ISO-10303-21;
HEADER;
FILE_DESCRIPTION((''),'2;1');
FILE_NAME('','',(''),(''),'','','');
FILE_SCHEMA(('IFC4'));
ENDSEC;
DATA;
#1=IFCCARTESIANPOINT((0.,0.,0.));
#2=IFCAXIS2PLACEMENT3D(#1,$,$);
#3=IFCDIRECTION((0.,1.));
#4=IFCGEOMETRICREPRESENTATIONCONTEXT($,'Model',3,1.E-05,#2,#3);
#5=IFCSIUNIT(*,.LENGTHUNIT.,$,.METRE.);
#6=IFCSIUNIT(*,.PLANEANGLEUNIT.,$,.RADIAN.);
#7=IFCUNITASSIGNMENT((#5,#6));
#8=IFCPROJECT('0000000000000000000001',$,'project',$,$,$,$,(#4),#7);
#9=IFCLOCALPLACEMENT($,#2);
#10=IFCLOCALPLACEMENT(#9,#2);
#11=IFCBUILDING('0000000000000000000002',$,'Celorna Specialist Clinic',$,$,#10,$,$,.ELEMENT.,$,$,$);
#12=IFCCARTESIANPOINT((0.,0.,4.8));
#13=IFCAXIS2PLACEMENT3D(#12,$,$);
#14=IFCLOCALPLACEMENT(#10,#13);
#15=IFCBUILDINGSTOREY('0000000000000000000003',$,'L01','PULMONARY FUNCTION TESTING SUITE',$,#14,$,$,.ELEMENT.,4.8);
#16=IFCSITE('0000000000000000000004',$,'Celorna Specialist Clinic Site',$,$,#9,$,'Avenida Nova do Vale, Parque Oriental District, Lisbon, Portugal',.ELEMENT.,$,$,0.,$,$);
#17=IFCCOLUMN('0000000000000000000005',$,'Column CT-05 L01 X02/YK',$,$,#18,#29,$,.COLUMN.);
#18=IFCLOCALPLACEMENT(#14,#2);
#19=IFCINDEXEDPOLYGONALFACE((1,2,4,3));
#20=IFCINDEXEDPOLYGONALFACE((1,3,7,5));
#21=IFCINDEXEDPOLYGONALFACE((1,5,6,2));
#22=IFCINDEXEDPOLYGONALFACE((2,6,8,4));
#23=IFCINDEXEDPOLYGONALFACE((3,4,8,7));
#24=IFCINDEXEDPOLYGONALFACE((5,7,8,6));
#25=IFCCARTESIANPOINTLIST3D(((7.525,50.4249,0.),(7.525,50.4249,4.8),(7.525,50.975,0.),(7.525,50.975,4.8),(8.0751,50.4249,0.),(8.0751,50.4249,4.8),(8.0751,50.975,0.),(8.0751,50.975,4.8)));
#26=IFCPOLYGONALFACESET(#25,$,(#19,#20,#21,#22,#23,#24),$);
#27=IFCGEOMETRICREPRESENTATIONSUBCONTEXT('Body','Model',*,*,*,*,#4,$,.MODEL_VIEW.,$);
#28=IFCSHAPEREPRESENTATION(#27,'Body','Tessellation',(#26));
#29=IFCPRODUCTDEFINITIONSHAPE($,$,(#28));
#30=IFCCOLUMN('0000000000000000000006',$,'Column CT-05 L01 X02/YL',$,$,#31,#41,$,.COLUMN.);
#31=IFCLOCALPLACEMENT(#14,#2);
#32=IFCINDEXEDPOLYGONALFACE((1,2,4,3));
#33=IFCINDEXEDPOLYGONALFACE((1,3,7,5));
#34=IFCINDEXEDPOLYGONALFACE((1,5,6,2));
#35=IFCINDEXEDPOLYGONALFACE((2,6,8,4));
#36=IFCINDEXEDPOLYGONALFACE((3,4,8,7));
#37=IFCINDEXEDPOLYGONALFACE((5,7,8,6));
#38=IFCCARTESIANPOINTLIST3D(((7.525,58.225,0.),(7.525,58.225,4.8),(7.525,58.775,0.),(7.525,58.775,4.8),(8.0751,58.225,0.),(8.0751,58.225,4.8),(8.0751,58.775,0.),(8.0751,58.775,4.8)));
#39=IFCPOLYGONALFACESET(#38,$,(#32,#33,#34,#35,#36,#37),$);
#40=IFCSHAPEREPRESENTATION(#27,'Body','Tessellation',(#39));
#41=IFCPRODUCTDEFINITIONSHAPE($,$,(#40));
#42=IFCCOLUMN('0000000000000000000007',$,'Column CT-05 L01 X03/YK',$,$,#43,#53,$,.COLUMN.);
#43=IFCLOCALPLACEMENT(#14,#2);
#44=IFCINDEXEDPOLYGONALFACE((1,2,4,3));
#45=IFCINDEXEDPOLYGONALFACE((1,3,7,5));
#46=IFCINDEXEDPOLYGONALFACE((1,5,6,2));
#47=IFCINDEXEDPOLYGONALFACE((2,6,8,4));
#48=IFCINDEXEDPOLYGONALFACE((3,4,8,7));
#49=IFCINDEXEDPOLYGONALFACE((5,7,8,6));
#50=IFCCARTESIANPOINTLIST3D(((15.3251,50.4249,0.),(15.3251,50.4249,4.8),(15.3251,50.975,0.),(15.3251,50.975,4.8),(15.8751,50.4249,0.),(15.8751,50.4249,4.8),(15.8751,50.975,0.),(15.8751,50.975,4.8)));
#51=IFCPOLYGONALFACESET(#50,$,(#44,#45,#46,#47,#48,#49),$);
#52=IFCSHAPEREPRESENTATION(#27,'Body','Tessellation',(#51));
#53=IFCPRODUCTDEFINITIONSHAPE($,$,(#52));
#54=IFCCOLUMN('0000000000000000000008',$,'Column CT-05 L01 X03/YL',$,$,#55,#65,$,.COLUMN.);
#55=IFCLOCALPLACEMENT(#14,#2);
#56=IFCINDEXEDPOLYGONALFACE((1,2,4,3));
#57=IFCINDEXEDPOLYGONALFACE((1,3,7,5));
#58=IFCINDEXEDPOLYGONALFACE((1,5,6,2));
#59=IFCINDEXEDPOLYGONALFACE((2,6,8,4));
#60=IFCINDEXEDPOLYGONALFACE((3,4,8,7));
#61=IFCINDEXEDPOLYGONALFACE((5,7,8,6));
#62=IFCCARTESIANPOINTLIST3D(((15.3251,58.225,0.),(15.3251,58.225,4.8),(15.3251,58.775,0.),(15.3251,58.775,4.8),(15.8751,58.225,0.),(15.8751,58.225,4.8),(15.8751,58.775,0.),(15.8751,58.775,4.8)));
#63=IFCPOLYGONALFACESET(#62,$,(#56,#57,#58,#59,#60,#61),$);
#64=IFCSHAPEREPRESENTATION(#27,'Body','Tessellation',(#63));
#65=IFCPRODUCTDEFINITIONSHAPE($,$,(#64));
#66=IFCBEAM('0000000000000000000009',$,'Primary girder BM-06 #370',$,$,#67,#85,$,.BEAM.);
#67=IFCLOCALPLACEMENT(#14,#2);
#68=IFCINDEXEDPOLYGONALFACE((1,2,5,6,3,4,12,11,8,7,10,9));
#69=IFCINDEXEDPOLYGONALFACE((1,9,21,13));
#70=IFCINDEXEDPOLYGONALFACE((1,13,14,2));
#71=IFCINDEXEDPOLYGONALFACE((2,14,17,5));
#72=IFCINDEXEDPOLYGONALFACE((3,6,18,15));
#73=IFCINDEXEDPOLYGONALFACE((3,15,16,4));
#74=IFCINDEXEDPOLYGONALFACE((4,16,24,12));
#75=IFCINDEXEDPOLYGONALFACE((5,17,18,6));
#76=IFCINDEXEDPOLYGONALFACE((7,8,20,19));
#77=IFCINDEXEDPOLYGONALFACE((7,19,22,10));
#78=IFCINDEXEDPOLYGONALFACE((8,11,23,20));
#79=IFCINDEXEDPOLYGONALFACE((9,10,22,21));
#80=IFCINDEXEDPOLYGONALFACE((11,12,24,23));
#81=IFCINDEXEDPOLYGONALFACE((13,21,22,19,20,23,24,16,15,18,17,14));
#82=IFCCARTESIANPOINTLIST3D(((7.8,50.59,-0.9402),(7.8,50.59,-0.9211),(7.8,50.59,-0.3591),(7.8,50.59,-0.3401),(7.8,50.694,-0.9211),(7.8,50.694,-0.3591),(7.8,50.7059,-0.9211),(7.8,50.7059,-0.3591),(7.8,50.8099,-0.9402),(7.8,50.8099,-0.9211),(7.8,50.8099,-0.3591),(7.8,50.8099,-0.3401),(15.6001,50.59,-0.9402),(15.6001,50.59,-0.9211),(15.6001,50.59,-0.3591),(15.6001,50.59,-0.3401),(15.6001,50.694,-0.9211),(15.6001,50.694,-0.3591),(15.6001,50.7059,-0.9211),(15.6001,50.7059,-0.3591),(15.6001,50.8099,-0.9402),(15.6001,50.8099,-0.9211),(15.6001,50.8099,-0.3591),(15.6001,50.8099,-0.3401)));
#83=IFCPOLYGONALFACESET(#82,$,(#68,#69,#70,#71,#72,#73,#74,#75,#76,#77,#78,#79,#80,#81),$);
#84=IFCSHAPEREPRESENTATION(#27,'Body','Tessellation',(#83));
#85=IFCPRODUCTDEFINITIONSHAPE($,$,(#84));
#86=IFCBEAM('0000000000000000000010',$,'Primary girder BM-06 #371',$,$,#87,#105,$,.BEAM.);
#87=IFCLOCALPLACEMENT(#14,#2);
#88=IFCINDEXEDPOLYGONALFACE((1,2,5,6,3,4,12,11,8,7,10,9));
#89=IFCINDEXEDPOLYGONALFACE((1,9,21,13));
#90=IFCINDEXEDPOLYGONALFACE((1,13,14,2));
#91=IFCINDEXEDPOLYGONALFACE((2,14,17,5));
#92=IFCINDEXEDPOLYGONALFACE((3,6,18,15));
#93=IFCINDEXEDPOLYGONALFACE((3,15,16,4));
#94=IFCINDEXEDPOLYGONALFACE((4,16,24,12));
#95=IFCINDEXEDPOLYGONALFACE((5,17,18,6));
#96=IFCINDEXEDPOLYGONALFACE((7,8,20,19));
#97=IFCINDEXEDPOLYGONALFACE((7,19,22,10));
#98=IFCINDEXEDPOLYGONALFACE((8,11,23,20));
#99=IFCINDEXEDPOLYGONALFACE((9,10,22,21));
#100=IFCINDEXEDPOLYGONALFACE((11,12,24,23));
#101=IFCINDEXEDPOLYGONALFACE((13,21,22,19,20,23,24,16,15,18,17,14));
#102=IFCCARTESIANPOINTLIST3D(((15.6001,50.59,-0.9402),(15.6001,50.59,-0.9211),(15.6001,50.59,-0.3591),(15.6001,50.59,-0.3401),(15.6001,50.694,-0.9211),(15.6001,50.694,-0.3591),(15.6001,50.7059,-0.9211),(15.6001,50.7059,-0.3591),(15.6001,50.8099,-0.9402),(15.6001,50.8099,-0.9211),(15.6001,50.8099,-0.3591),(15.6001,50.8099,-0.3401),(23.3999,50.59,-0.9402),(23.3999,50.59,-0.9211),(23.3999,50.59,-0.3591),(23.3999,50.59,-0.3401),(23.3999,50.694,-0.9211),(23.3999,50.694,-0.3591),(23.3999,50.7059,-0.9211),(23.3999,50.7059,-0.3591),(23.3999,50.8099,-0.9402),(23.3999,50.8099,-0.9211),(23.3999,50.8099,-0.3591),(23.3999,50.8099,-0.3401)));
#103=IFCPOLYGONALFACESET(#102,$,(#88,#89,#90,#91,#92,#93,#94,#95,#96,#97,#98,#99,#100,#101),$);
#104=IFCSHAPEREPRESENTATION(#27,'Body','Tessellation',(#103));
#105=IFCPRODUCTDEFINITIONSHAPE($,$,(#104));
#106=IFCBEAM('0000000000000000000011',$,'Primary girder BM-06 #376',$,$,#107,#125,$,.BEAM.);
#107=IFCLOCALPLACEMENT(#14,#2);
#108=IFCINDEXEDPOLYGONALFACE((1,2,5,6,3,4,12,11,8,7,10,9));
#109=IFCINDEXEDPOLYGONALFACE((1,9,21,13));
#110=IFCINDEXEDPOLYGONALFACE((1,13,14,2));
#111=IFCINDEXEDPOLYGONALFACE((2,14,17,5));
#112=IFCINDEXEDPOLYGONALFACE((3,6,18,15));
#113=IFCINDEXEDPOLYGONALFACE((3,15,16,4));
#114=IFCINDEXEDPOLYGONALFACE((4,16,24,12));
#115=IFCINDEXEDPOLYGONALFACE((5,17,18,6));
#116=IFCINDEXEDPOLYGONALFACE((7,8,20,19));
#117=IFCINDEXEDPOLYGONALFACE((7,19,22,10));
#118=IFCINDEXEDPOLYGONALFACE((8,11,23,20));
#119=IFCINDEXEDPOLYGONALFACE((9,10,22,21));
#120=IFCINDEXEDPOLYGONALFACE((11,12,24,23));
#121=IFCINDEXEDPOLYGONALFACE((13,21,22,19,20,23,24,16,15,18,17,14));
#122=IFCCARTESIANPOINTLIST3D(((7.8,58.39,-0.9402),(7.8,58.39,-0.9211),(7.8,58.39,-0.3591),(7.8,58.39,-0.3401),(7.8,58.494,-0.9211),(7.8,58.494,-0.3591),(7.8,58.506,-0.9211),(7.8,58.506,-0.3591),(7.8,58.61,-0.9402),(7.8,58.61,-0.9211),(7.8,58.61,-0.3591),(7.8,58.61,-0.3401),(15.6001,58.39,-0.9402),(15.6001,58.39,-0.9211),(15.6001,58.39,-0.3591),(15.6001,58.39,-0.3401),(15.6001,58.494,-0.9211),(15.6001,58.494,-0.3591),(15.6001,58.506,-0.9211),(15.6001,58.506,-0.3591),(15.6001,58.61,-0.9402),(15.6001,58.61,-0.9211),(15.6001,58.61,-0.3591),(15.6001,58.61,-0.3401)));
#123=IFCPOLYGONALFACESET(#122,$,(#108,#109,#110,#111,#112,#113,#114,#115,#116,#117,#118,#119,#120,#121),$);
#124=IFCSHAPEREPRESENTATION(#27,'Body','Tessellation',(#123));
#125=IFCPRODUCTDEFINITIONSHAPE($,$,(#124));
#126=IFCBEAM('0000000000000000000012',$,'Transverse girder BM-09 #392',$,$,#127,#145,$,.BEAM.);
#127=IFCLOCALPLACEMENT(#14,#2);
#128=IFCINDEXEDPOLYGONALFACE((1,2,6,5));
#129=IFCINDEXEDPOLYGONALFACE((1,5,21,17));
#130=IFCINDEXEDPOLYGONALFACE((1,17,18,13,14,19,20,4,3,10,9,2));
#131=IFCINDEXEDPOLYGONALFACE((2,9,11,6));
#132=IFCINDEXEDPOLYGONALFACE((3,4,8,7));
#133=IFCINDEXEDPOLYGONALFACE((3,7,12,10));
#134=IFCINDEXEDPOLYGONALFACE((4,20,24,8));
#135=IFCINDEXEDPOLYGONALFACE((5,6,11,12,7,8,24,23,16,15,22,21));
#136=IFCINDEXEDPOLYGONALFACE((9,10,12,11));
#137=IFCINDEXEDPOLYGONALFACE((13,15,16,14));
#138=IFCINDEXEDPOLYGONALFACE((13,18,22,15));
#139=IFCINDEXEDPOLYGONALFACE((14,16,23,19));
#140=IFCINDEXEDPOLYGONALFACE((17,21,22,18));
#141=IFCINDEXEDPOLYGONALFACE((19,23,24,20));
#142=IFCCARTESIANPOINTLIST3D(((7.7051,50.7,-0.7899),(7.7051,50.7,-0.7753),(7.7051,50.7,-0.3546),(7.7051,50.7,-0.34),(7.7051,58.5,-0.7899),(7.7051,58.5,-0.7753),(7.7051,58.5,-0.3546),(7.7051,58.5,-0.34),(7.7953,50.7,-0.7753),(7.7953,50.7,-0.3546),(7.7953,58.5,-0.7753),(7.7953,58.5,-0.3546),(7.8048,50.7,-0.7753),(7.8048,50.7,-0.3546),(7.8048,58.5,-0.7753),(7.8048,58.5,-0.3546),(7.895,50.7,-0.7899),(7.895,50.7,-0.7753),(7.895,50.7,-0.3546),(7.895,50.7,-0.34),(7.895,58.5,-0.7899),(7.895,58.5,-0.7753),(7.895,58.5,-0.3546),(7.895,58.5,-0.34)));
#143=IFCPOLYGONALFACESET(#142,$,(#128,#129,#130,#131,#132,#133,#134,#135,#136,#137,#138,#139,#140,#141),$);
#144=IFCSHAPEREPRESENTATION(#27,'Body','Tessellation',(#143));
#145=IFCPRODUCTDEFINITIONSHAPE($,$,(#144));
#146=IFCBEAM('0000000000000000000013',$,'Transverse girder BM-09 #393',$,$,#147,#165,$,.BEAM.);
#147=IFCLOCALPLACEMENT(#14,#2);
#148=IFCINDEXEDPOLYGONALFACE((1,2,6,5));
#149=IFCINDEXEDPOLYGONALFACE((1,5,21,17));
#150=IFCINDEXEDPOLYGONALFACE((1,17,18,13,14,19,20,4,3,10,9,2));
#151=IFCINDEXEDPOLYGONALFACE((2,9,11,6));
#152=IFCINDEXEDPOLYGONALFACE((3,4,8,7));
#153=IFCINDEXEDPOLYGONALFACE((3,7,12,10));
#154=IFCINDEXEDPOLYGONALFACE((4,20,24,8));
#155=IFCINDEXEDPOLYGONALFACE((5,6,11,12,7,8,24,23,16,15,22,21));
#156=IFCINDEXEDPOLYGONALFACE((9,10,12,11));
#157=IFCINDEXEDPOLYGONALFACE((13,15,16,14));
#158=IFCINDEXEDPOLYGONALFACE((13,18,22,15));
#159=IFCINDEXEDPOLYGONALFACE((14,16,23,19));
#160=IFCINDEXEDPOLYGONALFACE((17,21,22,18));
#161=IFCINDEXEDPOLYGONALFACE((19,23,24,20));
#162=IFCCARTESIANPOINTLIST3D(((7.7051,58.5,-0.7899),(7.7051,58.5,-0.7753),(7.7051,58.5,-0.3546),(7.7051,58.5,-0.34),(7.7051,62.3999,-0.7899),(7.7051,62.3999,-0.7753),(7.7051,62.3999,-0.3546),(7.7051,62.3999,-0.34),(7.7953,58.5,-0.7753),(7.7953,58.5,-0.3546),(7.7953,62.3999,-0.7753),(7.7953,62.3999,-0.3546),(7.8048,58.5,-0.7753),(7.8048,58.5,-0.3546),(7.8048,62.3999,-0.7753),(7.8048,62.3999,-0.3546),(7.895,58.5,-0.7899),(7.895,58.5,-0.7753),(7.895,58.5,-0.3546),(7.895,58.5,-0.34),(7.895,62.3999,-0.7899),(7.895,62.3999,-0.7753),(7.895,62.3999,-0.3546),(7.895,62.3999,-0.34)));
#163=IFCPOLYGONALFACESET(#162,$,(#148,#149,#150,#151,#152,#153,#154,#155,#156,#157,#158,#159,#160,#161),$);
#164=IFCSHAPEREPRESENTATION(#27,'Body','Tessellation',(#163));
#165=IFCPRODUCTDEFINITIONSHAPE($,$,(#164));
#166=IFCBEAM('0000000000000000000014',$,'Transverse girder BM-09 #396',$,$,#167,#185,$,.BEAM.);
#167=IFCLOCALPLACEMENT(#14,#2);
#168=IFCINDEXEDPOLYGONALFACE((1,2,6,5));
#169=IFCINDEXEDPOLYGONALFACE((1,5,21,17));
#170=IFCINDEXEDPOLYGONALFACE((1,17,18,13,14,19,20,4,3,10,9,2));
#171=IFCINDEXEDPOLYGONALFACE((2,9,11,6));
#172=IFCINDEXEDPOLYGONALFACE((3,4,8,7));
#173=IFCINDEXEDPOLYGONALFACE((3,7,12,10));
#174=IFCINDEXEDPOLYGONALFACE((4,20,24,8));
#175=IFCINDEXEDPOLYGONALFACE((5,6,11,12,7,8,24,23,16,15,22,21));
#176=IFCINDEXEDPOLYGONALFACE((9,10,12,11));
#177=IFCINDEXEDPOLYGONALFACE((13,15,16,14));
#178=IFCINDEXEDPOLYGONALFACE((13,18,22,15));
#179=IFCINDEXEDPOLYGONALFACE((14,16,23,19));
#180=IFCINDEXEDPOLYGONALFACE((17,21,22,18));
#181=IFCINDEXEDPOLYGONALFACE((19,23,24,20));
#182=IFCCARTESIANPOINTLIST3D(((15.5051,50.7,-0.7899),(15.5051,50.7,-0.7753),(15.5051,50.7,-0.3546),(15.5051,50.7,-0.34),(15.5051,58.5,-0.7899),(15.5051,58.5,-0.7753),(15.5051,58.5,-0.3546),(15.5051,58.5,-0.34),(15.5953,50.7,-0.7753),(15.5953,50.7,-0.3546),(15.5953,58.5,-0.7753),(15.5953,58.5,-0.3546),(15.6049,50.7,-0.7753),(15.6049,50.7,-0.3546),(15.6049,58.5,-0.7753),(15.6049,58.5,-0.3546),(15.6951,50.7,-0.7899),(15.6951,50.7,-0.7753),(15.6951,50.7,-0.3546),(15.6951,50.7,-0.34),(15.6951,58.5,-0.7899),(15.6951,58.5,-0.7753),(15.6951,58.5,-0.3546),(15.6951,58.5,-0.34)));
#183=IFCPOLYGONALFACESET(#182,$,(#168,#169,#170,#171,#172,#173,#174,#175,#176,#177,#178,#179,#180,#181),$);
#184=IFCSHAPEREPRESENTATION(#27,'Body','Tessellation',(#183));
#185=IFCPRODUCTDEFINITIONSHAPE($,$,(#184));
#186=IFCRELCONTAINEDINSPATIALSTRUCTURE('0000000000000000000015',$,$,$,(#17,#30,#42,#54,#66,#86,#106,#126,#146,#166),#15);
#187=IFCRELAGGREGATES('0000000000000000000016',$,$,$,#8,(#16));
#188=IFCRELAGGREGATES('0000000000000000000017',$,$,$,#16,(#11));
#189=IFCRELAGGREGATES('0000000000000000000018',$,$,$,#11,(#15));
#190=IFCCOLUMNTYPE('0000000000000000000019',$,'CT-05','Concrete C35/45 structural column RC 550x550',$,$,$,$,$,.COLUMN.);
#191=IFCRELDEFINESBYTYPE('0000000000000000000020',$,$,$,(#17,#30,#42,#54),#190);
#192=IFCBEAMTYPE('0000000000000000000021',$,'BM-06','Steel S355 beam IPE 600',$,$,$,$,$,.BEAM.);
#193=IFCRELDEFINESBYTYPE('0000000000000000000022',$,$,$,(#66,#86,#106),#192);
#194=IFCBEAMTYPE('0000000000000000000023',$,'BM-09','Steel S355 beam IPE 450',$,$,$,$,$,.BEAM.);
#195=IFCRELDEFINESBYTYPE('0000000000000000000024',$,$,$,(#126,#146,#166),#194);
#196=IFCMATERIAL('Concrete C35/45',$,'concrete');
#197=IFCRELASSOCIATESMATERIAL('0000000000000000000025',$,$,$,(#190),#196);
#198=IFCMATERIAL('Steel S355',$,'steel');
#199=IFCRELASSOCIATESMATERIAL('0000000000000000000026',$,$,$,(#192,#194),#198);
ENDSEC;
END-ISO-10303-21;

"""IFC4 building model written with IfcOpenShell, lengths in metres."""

from ifc_helpers import new_model, si_unit, direction, frame, origin, origin_2d, place, context, subcontext, project, spatial, rectangle, i_section, extrude, material, material_profile, profile_set, type_object, element, save


model = new_model("IFC4")

# Units and contexts
model_context = context("Model", 3, precision=1e-05, world=origin(), true_north=direction((0.0, 1.0)))
body_context = subcontext(model_context, "Body", "Model", "MODEL_VIEW")
ifc_project = project(units=[si_unit("LENGTHUNIT", "METRE"), si_unit("PLANEANGLEUNIT", "RADIAN")], contexts=[model_context])

# Site, building, storey
site_placement = place(None, origin())
site = spatial("IfcSite", under=ifc_project, at=site_placement, Name="Celorna Specialist Clinic Site", LongName="Avenida Nova do Vale, Parque Oriental District, Lisbon, Portugal", CompositionType="ELEMENT", RefElevation=0.0)
building_placement = place(site_placement, origin())
building = spatial("IfcBuilding", under=site, at=building_placement, Name="Celorna Specialist Clinic", CompositionType="ELEMENT")
storey_placement = place(building_placement, frame((0.0, 0.0, 4.8)))
storey = spatial("IfcBuildingStorey", under=building, at=storey_placement, Name="L01", Description="PULMONARY FUNCTION TESTING SUITE", CompositionType="ELEMENT", Elevation=4.8)

# Columns
ifc_material_1 = material(Name="Concrete C35/45", Category="concrete")
ifc_material_profile_1 = material_profile(ifc_material_1, rectangle(XDim=0.55, YDim=0.55, at=origin_2d()), Name="RC 550x550")
ifc_profile_set_1 = profile_set([ifc_material_profile_1], Name="Concrete C35/45")
column_type = type_object("IfcColumnType", Name="CT-05", Description="Concrete C35/45 structural column RC 550x550", PredefinedType="COLUMN", material=ifc_profile_set_1)
for number, where, z_axis, x_axis, name in (
    (1, (7.8, 50.7, 0.0), (0.0, 0.0, 1.0), (1.0, 0.0, 0.0), "Column CT-05 L01 X02/YK"),
    (2, (7.8, 58.5, 0.0), (0.0, 0.0, 1.0), (1.0, 0.0, 0.0), "Column CT-05 L01 X02/YL"),
    (3, (15.6001, 50.7, 0.0), (0.0, 0.0, 1.0), (1.0, 0.0, 0.0), "Column CT-05 L01 X03/YK"),
    (4, (15.6001, 58.5, 0.0), (0.0, 0.0, 1.0), (1.0, 0.0, 0.0), "Column CT-05 L01 X03/YL"),
):
    element("IfcColumn", number, at=place(storey_placement, frame(where, z_axis=z_axis, x_axis=x_axis)), inside=storey, type_object=column_type, Name=name, PredefinedType="COLUMN", context=body_context, shape_type="SweptSolid", body=[
        extrude(rectangle(XDim=0.55, YDim=0.55, at=origin_2d()), origin(), (0.0, 0.0, 1.0), 4.8),
    ])

# Beams
ifc_material_2 = material(Name="Steel S355", Category="steel")
ifc_material_profile_2 = material_profile(ifc_material_2, i_section(OverallWidth=0.22, OverallDepth=0.6001, WebThickness=0.012, FlangeThickness=0.019, at=origin_2d()), Name="IPE 600")
ifc_profile_set_2 = profile_set([ifc_material_profile_2], Name="Steel S355")
beam_type_1 = type_object("IfcBeamType", Name="BM-06", Description="Steel S355 beam IPE 600", PredefinedType="BEAM", material=ifc_profile_set_2)
beam_1_placement = place(storey_placement, frame((7.8, 50.7, -0.6401), z_axis=(1.0, 0.0, 0.0), x_axis=(0.0, 1.0, 0.0)))
element("IfcBeam", 5, at=beam_1_placement, inside=storey, type_object=beam_type_1, Name="Primary girder BM-06 #370", PredefinedType="BEAM", context=body_context, shape_type="SweptSolid", body=[
    extrude(i_section(OverallWidth=0.22, OverallDepth=0.6001, WebThickness=0.012, FlangeThickness=0.019, at=origin_2d()), origin(), (0.0, 0.0, 1.0), 7.8),
])
beam_2_placement = place(storey_placement, frame((15.6001, 50.7, -0.6401), z_axis=(1.0, 0.0, 0.0), x_axis=(0.0, 1.0, 0.0)))
element("IfcBeam", 6, at=beam_2_placement, inside=storey, type_object=beam_type_1, Name="Primary girder BM-06 #371", PredefinedType="BEAM", context=body_context, shape_type="SweptSolid", body=[
    extrude(i_section(OverallWidth=0.22, OverallDepth=0.6001, WebThickness=0.012, FlangeThickness=0.019, at=origin_2d()), origin(), (0.0, 0.0, 1.0), 7.7998),
])
beam_3_placement = place(storey_placement, frame((7.8, 58.5, -0.6401), z_axis=(1.0, 0.0, 0.0), x_axis=(0.0, 1.0, 0.0)))
element("IfcBeam", 7, at=beam_3_placement, inside=storey, type_object=beam_type_1, Name="Primary girder BM-06 #376", PredefinedType="BEAM", context=body_context, shape_type="SweptSolid", body=[
    extrude(i_section(OverallWidth=0.22, OverallDepth=0.6001, WebThickness=0.012, FlangeThickness=0.019, at=origin_2d()), origin(), (0.0, 0.0, 1.0), 7.8),
])
ifc_material_profile_3 = material_profile(ifc_material_2, i_section(OverallWidth=0.1899, OverallDepth=0.45, WebThickness=0.0095, FlangeThickness=0.0146, at=origin_2d()), Name="IPE 450")
ifc_profile_set_3 = profile_set([ifc_material_profile_3], Name="Steel S355")
beam_type_2 = type_object("IfcBeamType", Name="BM-09", Description="Steel S355 beam IPE 450", PredefinedType="BEAM", material=ifc_profile_set_3)
beam_4_placement = place(storey_placement, frame((7.8, 50.7, -0.5649), z_axis=(0.0, 1.0, 0.0), x_axis=(-1.0, 0.0, 0.0)))
element("IfcBeam", 8, at=beam_4_placement, inside=storey, type_object=beam_type_2, Name="Transverse girder BM-09 #392", PredefinedType="BEAM", context=body_context, shape_type="SweptSolid", body=[
    extrude(i_section(OverallWidth=0.1899, OverallDepth=0.45, WebThickness=0.0095, FlangeThickness=0.0146, at=origin_2d()), origin(), (0.0, 0.0, 1.0), 7.8),
])
beam_5_placement = place(storey_placement, frame((7.8, 58.5, -0.5649), z_axis=(0.0, 1.0, 0.0), x_axis=(-1.0, 0.0, 0.0)))
element("IfcBeam", 9, at=beam_5_placement, inside=storey, type_object=beam_type_2, Name="Transverse girder BM-09 #393", PredefinedType="BEAM", context=body_context, shape_type="SweptSolid", body=[
    extrude(i_section(OverallWidth=0.1899, OverallDepth=0.45, WebThickness=0.0095, FlangeThickness=0.0146, at=origin_2d()), origin(), (0.0, 0.0, 1.0), 3.8999),
])
beam_6_placement = place(storey_placement, frame((15.6001, 50.7, -0.5649), z_axis=(0.0, 1.0, 0.0), x_axis=(-1.0, 0.0, 0.0)))
element("IfcBeam", 10, at=beam_6_placement, inside=storey, type_object=beam_type_2, Name="Transverse girder BM-09 #396", PredefinedType="BEAM", context=body_context, shape_type="SweptSolid", body=[
    extrude(i_section(OverallWidth=0.1899, OverallDepth=0.45, WebThickness=0.0095, FlangeThickness=0.0146, at=origin_2d()), origin(), (0.0, 0.0, 1.0), 7.8),
])

save(model, "model.ifc")
